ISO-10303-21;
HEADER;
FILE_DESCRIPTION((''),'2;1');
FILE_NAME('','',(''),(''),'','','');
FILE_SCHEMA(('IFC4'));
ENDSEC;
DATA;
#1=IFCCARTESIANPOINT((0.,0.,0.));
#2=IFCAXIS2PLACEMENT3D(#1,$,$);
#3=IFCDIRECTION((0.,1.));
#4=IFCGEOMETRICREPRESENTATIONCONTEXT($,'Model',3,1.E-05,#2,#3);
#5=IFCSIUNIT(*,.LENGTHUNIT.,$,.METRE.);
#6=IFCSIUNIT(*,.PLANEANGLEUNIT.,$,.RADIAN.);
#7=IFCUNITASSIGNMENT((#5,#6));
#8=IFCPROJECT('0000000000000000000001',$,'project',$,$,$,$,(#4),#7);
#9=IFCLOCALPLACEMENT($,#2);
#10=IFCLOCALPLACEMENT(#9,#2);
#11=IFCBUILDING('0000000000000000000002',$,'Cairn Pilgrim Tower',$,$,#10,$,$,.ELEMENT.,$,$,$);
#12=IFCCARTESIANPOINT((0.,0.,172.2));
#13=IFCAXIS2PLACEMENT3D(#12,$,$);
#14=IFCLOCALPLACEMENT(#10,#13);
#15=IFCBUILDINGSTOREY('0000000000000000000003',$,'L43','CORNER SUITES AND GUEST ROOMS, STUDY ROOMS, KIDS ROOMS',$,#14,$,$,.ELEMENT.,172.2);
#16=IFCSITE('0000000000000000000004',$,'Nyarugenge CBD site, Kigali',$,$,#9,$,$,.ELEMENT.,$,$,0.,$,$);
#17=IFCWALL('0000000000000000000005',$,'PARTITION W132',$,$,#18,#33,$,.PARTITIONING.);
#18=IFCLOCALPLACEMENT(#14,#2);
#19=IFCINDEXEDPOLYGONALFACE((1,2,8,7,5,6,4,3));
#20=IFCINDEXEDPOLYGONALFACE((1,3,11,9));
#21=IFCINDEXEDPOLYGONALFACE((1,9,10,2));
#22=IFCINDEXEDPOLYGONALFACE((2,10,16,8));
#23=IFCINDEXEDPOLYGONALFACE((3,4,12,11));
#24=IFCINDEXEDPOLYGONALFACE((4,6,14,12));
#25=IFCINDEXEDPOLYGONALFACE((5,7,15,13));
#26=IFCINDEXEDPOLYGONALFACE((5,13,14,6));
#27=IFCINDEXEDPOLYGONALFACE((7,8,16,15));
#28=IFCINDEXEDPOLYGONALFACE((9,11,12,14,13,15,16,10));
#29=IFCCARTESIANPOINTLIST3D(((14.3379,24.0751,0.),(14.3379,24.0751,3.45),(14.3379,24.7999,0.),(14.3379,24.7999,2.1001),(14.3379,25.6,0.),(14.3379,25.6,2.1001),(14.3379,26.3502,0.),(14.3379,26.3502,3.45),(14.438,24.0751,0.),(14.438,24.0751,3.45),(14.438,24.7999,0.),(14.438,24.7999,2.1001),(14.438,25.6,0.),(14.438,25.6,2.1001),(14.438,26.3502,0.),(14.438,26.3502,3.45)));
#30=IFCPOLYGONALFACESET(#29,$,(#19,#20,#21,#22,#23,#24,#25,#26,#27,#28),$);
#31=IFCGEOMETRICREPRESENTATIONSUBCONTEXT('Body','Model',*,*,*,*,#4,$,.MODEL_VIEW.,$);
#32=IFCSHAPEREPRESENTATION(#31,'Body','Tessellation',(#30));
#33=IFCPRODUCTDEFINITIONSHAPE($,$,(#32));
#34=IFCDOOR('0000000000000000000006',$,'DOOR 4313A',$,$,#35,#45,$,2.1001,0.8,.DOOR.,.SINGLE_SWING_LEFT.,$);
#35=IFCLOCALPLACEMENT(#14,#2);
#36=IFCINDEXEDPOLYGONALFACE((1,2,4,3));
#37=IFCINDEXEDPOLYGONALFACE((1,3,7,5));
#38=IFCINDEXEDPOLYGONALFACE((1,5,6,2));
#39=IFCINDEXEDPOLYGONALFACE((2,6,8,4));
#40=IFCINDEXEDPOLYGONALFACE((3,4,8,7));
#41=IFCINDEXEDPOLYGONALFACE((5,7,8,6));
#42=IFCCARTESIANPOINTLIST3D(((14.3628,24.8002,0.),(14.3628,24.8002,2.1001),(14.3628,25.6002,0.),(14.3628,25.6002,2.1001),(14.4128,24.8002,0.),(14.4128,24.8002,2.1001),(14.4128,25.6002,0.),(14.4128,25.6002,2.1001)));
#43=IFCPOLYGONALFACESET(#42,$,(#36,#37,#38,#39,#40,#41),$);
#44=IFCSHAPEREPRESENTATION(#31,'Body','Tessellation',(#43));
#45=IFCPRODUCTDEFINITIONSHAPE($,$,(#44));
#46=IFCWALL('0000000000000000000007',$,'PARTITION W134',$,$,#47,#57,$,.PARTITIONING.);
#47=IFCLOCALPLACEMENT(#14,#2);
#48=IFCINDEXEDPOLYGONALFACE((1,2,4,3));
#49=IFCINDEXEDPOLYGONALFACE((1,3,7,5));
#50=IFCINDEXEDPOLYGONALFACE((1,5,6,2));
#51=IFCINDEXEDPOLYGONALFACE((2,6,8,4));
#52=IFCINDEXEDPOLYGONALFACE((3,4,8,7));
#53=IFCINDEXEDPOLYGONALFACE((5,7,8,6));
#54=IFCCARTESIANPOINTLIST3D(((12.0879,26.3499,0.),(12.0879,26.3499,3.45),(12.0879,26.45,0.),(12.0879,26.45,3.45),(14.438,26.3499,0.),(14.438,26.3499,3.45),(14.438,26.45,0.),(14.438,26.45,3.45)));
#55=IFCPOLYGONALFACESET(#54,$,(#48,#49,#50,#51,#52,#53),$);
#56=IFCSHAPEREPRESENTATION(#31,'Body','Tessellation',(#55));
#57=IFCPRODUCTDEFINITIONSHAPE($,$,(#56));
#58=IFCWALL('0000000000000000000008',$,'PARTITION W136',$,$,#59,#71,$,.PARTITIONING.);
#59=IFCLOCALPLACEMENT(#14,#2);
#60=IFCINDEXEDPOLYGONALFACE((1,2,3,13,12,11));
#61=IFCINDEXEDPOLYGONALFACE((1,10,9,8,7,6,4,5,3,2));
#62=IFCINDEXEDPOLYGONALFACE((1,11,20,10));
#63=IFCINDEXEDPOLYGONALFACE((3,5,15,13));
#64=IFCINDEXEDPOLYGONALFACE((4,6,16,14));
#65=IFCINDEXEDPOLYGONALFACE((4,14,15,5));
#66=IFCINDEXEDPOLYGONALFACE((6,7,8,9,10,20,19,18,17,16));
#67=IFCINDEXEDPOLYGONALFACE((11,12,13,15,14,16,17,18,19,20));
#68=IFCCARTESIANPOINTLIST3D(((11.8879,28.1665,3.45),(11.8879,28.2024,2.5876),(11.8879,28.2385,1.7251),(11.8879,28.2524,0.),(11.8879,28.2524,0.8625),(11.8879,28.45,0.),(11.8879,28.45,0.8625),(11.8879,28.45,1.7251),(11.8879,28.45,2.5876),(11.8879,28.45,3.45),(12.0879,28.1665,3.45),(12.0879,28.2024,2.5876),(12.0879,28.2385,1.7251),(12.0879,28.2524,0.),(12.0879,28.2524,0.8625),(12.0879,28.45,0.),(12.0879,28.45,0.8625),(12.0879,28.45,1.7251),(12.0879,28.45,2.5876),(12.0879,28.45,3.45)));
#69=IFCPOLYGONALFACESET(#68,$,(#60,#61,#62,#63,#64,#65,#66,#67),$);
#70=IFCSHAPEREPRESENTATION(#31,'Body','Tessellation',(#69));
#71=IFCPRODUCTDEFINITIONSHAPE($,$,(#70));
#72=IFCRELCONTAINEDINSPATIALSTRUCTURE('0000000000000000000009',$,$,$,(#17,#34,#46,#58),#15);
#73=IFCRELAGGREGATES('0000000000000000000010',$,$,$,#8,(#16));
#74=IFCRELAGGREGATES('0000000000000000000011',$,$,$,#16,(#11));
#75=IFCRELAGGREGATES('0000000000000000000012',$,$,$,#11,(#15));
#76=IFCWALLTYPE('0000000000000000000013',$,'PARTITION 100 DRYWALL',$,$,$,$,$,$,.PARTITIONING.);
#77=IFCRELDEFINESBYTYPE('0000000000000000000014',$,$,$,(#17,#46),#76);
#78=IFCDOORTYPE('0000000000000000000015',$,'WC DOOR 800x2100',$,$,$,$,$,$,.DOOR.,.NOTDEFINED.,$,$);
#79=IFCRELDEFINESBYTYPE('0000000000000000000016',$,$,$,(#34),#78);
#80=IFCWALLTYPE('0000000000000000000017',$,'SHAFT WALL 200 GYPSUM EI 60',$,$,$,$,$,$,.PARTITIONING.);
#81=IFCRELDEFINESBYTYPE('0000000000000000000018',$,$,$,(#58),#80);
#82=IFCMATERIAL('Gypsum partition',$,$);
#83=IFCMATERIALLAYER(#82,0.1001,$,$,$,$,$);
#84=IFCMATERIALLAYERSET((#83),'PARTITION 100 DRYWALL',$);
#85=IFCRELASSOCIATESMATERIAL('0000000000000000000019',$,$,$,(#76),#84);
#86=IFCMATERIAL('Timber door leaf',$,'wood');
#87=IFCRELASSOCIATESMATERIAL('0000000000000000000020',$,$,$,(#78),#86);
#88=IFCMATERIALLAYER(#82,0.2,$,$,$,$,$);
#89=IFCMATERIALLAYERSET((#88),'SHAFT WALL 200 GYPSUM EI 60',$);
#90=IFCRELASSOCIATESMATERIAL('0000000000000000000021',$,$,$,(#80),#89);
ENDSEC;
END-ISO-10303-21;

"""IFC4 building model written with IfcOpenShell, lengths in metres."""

from ifc_helpers import new_model, si_unit, direction, frame, frame_2d, origin, place, context, subcontext, project, spatial, polyline, rectangle, outline, extrude, material, layer, layer_set, type_object, element, fill, save


model = new_model("IFC4")

# Units and contexts
model_context = context("Model", 3, precision=1e-05, world=origin(), true_north=direction((0.0, 1.0)))
body_context = subcontext(model_context, "Body", "Model", "MODEL_VIEW")
ifc_project = project(units=[si_unit("LENGTHUNIT", "METRE"), si_unit("PLANEANGLEUNIT", "RADIAN")], contexts=[model_context])

# Site, building, storey
site_placement = place(None, origin())
site = spatial("IfcSite", under=ifc_project, at=site_placement, Name="Nyarugenge CBD site, Kigali", CompositionType="ELEMENT", RefElevation=0.0)
building_placement = place(site_placement, origin())
building = spatial("IfcBuilding", under=site, at=building_placement, Name="Cairn Pilgrim Tower", CompositionType="ELEMENT")
storey_placement = place(building_placement, frame((0.0, 0.0, 172.2)))
storey = spatial("IfcBuildingStorey", under=building, at=storey_placement, Name="L43", Description="CORNER SUITES AND GUEST ROOMS, STUDY ROOMS, KIDS ROOMS", CompositionType="ELEMENT", Elevation=172.2)

# Wall, opening, door
ifc_material_1 = material(Name="Gypsum partition")
ifc_layer_1 = layer(ifc_material_1, 0.1001)
ifc_layer_set_1 = layer_set([ifc_layer_1], Name="PARTITION 100 DRYWALL")
wall_type_1 = type_object("IfcWallType", Name="PARTITION 100 DRYWALL", PredefinedType="PARTITIONING", material=ifc_layer_set_1)
wall_1_placement = place(storey_placement, frame((14.3879, 24.075, 0.0), z_axis=(0.0, 0.0, 1.0), x_axis=(0.0, 1.0, 0.0)))
wall_1 = element("IfcWall", 1, at=wall_1_placement, inside=storey, type_object=wall_type_1, Name="PARTITION W132", PredefinedType="PARTITIONING", context=body_context, shape_type="SweptSolid", body=[
    extrude(rectangle(XDim=2.2751, YDim=0.1001, at=frame_2d((1.1377, 0.0))), origin(), (0.0, 0.0, 1.0), 3.45),
])
opening_1_placement = place(wall_1_placement, frame((0.7251, 0.0, 0.0)))
opening_1 = element("IfcOpeningElement", 2, at=opening_1_placement, cuts=wall_1, PredefinedType="OPENING", context=body_context, shape_type="SweptSolid", body=[
    extrude(rectangle(XDim=0.8, YDim=2.1001, at=frame_2d((0.3999, 1.05))), frame((0.0, 0.0601, 0.0), z_axis=(0.0, -1.0, 0.0), x_axis=(1.0, 0.0, 0.0)), (0.0, 0.0, 1.0), 0.1201),
])
ifc_material_2 = material(Name="Timber door leaf", Category="wood")
door_type_1 = type_object("IfcDoorType", Name="WC DOOR 800x2100", OperationType="NOTDEFINED", PredefinedType="DOOR", material=ifc_material_2)
door_1_placement = place(opening_1_placement, frame((0.8, 0.0, 0.0), z_axis=(0.0, 0.0, 1.0), x_axis=(-1.0, 0.0, 0.0)))
door_1 = element("IfcDoor", 3, at=door_1_placement, inside=storey, type_object=door_type_1, Name="DOOR 4313A", OperationType="SINGLE_SWING_LEFT", OverallHeight=2.1001, OverallWidth=0.8, PredefinedType="DOOR", context=body_context, shape_type="SweptSolid", body=[
    extrude(rectangle(XDim=0.8, YDim=2.1001, at=frame_2d((0.3999, 1.05))), frame((0.0, 0.0249, 0.0), z_axis=(0.0, -1.0, 0.0), x_axis=(1.0, 0.0, 0.0)), (0.0, 0.0, 1.0), 0.05),
])
fill(opening_1, door_1)

# Walls
wall_2_placement = place(storey_placement, frame((12.0879, 26.3999, 0.0), z_axis=(0.0, 0.0, 1.0), x_axis=(1.0, 0.0, 0.0)))
element("IfcWall", 4, at=wall_2_placement, inside=storey, type_object=wall_type_1, Name="PARTITION W134", PredefinedType="PARTITIONING", context=body_context, shape_type="SweptSolid", body=[
    extrude(rectangle(XDim=2.3501, YDim=0.1001, at=frame_2d((1.175, 0.0))), origin(), (0.0, 0.0, 1.0), 3.45),
])
ifc_layer_2 = layer(ifc_material_1, 0.2)
ifc_layer_set_2 = layer_set([ifc_layer_2], Name="SHAFT WALL 200 GYPSUM EI 60")
wall_type_2 = type_object("IfcWallType", Name="SHAFT WALL 200 GYPSUM EI 60", PredefinedType="PARTITIONING", material=ifc_layer_set_2)
wall_3_placement = place(storey_placement, frame((11.988, 28.1665, 0.0), z_axis=(0.0, 0.0, 1.0), x_axis=(0.0, 1.0, 0.0)))
element("IfcWall", 5, at=wall_3_placement, inside=storey, type_object=wall_type_2, Name="PARTITION W136", PredefinedType="PARTITIONING", context=body_context, shape_type="SweptSolid", body=[
    extrude(outline(polyline([(0.0859, 0.0), (0.2834, 0.0), (0.2834, 0.8625), (0.2834, 1.7251), (0.2834, 2.5876), (0.2834, 3.45), (0.0, 3.45), (0.0359, 2.5876), (0.072, 1.7251), (0.0859, 0.8625), (0.0859, 0.0)])), frame((0.0, 0.1001, 0.0), z_axis=(0.0, -1.0, 0.0), x_axis=(1.0, 0.0, 0.0)), (0.0, 0.0, 1.0), 0.2),
])

save(model, "model.ifc")
